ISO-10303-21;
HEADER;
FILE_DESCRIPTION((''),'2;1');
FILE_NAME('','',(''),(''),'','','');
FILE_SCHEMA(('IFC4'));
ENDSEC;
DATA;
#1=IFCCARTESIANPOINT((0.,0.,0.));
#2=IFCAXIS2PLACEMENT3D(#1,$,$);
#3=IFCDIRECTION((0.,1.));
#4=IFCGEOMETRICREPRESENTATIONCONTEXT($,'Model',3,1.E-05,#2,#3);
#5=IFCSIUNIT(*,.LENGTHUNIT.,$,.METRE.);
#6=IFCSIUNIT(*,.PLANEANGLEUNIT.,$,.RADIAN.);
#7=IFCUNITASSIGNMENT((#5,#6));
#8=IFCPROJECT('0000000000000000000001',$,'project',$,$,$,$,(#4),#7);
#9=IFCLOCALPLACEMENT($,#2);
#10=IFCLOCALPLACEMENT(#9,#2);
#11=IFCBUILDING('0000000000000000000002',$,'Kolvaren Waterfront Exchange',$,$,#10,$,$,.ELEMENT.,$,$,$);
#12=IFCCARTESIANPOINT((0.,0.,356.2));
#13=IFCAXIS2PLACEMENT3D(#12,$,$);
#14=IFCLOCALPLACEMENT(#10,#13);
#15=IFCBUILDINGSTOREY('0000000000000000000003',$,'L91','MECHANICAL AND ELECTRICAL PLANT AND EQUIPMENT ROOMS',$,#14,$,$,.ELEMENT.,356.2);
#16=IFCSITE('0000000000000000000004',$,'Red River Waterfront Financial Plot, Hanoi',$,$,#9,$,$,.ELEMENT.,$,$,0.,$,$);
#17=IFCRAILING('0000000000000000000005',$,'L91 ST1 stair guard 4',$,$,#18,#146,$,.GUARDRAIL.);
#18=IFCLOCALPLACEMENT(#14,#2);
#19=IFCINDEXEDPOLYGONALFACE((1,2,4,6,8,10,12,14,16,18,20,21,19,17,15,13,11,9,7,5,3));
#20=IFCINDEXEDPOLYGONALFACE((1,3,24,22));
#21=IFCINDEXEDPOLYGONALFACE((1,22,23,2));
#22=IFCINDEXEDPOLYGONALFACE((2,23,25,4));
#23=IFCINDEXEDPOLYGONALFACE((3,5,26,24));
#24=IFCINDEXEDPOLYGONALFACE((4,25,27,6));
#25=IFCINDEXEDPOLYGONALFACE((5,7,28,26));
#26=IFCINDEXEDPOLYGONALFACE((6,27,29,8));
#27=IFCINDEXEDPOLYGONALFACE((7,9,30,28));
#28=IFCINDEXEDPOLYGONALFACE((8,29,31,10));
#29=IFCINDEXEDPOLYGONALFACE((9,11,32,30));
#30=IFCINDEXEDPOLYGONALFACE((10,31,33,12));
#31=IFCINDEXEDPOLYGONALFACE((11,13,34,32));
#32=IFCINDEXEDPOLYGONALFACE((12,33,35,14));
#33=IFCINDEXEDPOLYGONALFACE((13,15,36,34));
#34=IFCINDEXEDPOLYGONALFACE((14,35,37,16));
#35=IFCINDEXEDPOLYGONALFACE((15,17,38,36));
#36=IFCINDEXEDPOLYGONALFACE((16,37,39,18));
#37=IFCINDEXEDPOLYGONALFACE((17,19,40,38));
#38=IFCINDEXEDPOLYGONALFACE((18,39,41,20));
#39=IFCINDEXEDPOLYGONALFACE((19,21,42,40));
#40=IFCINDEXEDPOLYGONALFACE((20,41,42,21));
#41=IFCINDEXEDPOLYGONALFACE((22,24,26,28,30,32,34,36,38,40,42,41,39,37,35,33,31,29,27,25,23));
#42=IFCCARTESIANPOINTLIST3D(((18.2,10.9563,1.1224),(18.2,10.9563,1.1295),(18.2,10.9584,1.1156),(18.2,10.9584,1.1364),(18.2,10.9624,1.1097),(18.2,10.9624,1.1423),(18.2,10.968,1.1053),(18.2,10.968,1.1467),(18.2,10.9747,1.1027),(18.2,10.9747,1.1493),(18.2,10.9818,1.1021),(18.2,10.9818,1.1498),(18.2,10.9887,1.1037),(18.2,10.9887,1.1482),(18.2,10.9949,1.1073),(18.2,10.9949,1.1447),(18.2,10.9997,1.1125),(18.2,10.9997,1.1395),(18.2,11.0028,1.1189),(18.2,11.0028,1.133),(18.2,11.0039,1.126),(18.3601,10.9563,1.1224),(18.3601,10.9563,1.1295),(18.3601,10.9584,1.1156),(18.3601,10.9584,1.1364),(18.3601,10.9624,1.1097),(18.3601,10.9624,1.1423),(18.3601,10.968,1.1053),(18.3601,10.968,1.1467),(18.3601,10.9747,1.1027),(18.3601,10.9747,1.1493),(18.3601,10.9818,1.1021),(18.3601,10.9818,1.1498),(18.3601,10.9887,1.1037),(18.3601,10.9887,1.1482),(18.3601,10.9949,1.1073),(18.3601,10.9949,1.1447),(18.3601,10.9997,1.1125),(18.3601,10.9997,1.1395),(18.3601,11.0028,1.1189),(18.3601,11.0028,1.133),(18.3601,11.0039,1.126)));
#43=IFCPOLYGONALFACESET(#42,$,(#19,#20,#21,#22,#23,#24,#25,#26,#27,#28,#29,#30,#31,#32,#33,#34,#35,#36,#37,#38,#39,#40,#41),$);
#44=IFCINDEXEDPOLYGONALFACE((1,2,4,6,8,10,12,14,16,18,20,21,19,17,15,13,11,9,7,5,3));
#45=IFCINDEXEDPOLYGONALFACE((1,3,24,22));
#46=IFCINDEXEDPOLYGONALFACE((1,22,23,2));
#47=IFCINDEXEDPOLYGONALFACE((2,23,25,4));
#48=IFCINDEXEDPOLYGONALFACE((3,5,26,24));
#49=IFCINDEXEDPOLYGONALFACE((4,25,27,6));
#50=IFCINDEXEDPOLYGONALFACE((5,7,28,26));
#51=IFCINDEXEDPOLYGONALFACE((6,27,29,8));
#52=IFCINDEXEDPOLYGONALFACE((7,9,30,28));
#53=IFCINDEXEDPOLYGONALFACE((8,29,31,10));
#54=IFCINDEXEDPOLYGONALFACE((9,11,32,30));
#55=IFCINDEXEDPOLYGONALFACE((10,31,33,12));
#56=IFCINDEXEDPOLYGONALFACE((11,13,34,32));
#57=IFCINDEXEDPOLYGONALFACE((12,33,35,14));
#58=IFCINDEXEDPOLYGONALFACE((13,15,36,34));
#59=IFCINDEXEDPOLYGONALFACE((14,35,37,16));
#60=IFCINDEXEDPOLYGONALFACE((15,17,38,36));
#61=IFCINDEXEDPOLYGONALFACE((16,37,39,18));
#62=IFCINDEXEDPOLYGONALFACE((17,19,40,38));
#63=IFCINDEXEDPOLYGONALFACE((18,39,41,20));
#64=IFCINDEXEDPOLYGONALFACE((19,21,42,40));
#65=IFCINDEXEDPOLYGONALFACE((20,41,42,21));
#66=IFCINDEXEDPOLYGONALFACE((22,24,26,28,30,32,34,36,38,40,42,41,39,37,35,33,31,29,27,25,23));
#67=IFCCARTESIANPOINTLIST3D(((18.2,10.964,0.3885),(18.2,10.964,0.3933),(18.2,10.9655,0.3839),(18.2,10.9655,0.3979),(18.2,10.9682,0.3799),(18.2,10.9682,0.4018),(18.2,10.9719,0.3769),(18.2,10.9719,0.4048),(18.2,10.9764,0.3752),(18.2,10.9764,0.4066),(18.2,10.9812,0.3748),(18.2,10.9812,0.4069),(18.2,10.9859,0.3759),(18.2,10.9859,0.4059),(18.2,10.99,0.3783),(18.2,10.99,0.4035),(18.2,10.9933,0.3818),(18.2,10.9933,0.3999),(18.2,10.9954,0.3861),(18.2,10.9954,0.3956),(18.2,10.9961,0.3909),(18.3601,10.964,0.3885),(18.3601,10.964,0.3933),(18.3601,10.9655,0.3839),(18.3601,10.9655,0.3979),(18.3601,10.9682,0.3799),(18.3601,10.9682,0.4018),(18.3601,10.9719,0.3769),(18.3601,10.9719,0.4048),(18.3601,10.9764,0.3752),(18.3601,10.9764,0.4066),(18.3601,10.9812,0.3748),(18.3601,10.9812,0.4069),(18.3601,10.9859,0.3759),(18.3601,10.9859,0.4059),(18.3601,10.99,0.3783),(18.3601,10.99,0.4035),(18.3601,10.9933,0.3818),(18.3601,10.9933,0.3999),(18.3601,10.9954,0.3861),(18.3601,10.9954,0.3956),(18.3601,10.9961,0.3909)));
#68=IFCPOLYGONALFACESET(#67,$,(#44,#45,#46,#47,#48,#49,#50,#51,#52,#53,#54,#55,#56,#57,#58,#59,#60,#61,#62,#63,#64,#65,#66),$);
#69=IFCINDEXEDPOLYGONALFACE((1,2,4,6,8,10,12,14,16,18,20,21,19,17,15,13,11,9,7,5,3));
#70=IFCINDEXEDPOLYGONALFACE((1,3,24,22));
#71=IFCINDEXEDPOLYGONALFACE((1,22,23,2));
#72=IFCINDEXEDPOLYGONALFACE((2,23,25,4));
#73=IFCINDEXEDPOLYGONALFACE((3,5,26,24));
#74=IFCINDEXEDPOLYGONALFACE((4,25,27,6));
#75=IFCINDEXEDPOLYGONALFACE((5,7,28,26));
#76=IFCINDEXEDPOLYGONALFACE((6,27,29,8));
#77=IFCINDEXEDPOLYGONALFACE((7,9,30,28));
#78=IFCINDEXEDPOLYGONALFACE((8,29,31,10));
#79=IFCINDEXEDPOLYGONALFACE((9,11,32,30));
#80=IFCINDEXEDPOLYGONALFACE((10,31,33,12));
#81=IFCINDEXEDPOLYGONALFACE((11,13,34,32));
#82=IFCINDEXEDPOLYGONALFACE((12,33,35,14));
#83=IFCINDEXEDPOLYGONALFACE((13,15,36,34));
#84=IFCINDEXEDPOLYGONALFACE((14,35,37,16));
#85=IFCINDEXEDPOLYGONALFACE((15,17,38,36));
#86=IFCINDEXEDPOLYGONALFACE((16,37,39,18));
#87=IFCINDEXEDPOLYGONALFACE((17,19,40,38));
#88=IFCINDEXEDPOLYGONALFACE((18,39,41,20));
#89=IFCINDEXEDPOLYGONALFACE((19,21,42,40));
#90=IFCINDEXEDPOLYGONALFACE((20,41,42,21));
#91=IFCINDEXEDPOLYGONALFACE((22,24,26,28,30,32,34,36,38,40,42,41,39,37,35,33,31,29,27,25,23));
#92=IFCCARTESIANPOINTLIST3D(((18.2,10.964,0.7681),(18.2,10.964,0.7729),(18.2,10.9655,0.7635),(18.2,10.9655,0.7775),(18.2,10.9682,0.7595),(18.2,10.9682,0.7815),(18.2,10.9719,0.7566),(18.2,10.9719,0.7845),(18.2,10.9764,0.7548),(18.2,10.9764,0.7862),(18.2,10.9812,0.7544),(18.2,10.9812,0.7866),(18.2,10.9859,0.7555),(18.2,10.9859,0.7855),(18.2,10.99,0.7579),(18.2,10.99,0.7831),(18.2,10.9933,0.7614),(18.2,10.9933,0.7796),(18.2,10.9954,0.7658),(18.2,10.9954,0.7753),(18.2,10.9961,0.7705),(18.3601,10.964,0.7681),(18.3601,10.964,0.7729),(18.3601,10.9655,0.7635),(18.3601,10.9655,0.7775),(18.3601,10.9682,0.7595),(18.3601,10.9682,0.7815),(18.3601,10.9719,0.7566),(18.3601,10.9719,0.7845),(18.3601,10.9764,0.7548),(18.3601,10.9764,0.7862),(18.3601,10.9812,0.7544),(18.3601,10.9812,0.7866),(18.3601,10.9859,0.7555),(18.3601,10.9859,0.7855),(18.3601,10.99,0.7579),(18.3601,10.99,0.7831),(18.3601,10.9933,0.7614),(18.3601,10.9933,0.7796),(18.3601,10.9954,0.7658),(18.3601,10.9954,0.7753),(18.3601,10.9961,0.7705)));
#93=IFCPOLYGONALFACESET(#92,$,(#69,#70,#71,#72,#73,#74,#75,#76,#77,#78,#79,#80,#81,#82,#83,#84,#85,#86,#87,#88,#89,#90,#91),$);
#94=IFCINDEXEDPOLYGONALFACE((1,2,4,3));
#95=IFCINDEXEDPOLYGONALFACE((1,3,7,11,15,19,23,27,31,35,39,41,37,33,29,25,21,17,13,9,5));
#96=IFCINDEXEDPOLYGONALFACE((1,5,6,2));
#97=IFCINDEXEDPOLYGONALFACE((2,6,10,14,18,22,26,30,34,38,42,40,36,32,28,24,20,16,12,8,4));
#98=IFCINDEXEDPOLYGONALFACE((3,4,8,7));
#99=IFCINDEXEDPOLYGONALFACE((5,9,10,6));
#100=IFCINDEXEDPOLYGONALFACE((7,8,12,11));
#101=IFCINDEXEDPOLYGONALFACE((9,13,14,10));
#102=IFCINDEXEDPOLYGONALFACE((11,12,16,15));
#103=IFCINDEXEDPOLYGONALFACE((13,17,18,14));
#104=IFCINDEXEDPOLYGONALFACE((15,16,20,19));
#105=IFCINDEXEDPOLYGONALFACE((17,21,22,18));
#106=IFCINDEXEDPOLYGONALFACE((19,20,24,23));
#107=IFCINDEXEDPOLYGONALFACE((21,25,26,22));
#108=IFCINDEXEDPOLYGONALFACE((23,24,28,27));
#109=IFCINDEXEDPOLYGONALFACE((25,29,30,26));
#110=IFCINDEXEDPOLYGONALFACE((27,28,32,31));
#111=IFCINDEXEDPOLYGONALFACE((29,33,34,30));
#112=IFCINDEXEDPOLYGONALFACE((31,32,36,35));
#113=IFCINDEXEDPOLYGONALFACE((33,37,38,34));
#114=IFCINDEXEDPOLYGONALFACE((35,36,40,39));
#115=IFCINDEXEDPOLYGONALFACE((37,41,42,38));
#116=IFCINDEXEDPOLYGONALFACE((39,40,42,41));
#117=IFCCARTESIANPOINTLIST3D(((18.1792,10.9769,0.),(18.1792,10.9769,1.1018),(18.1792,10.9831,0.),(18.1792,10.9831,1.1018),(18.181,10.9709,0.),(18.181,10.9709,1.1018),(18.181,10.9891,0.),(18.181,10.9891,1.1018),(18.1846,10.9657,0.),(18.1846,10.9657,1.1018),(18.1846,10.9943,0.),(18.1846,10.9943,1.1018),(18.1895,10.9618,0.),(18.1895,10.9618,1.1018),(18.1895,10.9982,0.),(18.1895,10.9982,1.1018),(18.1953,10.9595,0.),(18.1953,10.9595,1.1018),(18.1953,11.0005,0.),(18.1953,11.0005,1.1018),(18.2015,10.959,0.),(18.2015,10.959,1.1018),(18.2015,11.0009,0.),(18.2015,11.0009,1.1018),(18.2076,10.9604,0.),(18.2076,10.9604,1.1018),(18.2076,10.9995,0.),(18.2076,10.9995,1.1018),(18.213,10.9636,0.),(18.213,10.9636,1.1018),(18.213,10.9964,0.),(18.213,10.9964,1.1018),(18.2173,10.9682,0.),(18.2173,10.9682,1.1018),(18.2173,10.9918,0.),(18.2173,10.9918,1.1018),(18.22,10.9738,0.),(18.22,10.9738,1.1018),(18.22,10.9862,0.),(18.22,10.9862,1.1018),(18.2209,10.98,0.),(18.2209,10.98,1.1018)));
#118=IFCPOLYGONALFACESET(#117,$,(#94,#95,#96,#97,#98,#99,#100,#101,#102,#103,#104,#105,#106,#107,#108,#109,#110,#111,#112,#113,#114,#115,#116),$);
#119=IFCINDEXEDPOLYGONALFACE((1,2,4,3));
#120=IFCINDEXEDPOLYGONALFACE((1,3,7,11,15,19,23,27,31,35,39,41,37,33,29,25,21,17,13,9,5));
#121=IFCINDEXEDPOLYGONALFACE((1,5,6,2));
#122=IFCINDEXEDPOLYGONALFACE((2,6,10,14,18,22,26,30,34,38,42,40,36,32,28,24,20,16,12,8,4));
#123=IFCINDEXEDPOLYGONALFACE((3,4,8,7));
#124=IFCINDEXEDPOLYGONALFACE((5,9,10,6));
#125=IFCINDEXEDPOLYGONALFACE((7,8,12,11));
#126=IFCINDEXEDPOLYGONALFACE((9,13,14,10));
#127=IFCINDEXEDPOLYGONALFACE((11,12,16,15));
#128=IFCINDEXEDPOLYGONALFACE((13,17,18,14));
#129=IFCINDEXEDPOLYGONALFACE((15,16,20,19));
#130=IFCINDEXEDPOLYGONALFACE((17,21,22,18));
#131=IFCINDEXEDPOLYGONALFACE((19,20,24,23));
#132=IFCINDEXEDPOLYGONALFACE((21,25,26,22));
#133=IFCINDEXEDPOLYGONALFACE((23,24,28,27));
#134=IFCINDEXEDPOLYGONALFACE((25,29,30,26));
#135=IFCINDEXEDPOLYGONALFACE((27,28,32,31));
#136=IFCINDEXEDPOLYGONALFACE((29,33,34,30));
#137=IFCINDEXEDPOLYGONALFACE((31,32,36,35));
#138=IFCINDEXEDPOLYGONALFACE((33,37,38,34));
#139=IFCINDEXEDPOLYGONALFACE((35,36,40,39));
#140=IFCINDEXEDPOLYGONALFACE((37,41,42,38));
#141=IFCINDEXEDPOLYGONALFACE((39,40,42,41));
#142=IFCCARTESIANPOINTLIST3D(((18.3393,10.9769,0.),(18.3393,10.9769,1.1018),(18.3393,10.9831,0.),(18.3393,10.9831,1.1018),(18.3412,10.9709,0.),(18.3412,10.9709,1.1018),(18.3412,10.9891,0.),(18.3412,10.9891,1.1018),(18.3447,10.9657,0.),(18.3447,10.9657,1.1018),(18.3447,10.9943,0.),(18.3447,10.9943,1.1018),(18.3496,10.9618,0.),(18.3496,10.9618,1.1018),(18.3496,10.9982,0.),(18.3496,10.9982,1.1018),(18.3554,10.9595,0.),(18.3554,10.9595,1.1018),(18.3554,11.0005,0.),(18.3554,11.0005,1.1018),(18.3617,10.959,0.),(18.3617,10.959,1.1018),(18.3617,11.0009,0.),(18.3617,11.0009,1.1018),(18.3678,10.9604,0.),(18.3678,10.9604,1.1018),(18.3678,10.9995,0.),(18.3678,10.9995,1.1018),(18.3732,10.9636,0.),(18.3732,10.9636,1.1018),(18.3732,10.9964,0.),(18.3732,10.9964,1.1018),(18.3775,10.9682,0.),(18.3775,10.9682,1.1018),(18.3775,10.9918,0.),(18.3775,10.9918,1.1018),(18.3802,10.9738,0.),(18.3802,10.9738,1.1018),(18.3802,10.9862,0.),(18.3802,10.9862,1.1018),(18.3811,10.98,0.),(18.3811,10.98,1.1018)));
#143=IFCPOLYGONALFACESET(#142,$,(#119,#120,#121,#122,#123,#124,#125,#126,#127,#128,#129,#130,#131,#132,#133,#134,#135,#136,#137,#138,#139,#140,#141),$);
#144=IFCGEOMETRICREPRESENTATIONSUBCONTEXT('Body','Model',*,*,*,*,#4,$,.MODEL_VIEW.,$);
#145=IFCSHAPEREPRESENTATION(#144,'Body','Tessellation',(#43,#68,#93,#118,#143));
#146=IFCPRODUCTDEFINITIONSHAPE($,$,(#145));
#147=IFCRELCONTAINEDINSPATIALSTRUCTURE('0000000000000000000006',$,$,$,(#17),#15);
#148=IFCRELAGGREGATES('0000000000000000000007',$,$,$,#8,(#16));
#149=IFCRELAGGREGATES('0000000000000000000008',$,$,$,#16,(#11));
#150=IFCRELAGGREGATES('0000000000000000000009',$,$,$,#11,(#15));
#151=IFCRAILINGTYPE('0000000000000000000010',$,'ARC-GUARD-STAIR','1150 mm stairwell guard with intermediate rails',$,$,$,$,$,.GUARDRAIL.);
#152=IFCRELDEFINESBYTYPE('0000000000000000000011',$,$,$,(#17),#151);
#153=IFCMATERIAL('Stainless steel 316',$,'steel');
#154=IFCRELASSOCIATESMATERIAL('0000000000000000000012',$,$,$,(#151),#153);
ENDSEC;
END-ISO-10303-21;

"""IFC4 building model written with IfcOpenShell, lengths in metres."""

from ifc_helpers import new_model, si_unit, direction, frame, origin, origin_2d, place, context, subcontext, project, spatial, circle, extrude, material, type_object, element, save


model = new_model("IFC4")

# Units and contexts
model_context = context("Model", 3, precision=1e-05, world=origin(), true_north=direction((0.0, 1.0)))
body_context = subcontext(model_context, "Body", "Model", "MODEL_VIEW")
ifc_project = project(units=[si_unit("LENGTHUNIT", "METRE"), si_unit("PLANEANGLEUNIT", "RADIAN")], contexts=[model_context])

# Site, building, storey
site_placement = place(None, origin())
site = spatial("IfcSite", under=ifc_project, at=site_placement, Name="Red River Waterfront Financial Plot, Hanoi", CompositionType="ELEMENT", RefElevation=0.0)
building_placement = place(site_placement, origin())
building = spatial("IfcBuilding", under=site, at=building_placement, Name="Kolvaren Waterfront Exchange", CompositionType="ELEMENT")
storey_placement = place(building_placement, frame((0.0, 0.0, 356.2)))
storey = spatial("IfcBuildingStorey", under=building, at=storey_placement, Name="L91", Description="MECHANICAL AND ELECTRICAL PLANT AND EQUIPMENT ROOMS", CompositionType="ELEMENT", Elevation=356.2)

# Railing
ifc_material_1 = material(Name="Stainless steel 316", Category="steel")
railing_type_1 = type_object("IfcRailingType", Name="ARC-GUARD-STAIR", Description="1150 mm stairwell guard with intermediate rails", PredefinedType="GUARDRAIL", material=ifc_material_1)
for number, where, name in (
    (1, (18.2, 10.98, 0.0), "L91 ST1 stair guard 4"),
):
    element("IfcRailing", number, at=place(storey_placement, frame(where)), inside=storey, type_object=railing_type_1, Name=name, PredefinedType="GUARDRAIL", context=body_context, shape_type="SweptSolid", body=[
        extrude(circle(Radius=0.0239, at=origin_2d()), frame((0.0, 0.0, 1.126), z_axis=(1.0, 0.0, 0.0), x_axis=(0.0, 1.0, 0.0)), (0.0, 0.0, 1.0), 0.1602),
        extrude(circle(Radius=0.0161, at=origin_2d()), frame((0.0, 0.0, 0.3909), z_axis=(1.0, 0.0, 0.0), x_axis=(0.0, 1.0, 0.0)), (0.0, 0.0, 1.0), 0.1602),
        extrude(circle(Radius=0.0161, at=origin_2d()), frame((0.0, 0.0, 0.7705), z_axis=(1.0, 0.0, 0.0), x_axis=(0.0, 1.0, 0.0)), (0.0, 0.0, 1.0), 0.1602),
        extrude(circle(Radius=0.021, at=origin_2d()), origin(), (0.0, 0.0, 1.0), 1.1018),
        extrude(circle(Radius=0.021, at=origin_2d()), frame((0.1602, 0.0, 0.0)), (0.0, 0.0, 1.0), 1.1018),
    ])

save(model, "model.ifc")
